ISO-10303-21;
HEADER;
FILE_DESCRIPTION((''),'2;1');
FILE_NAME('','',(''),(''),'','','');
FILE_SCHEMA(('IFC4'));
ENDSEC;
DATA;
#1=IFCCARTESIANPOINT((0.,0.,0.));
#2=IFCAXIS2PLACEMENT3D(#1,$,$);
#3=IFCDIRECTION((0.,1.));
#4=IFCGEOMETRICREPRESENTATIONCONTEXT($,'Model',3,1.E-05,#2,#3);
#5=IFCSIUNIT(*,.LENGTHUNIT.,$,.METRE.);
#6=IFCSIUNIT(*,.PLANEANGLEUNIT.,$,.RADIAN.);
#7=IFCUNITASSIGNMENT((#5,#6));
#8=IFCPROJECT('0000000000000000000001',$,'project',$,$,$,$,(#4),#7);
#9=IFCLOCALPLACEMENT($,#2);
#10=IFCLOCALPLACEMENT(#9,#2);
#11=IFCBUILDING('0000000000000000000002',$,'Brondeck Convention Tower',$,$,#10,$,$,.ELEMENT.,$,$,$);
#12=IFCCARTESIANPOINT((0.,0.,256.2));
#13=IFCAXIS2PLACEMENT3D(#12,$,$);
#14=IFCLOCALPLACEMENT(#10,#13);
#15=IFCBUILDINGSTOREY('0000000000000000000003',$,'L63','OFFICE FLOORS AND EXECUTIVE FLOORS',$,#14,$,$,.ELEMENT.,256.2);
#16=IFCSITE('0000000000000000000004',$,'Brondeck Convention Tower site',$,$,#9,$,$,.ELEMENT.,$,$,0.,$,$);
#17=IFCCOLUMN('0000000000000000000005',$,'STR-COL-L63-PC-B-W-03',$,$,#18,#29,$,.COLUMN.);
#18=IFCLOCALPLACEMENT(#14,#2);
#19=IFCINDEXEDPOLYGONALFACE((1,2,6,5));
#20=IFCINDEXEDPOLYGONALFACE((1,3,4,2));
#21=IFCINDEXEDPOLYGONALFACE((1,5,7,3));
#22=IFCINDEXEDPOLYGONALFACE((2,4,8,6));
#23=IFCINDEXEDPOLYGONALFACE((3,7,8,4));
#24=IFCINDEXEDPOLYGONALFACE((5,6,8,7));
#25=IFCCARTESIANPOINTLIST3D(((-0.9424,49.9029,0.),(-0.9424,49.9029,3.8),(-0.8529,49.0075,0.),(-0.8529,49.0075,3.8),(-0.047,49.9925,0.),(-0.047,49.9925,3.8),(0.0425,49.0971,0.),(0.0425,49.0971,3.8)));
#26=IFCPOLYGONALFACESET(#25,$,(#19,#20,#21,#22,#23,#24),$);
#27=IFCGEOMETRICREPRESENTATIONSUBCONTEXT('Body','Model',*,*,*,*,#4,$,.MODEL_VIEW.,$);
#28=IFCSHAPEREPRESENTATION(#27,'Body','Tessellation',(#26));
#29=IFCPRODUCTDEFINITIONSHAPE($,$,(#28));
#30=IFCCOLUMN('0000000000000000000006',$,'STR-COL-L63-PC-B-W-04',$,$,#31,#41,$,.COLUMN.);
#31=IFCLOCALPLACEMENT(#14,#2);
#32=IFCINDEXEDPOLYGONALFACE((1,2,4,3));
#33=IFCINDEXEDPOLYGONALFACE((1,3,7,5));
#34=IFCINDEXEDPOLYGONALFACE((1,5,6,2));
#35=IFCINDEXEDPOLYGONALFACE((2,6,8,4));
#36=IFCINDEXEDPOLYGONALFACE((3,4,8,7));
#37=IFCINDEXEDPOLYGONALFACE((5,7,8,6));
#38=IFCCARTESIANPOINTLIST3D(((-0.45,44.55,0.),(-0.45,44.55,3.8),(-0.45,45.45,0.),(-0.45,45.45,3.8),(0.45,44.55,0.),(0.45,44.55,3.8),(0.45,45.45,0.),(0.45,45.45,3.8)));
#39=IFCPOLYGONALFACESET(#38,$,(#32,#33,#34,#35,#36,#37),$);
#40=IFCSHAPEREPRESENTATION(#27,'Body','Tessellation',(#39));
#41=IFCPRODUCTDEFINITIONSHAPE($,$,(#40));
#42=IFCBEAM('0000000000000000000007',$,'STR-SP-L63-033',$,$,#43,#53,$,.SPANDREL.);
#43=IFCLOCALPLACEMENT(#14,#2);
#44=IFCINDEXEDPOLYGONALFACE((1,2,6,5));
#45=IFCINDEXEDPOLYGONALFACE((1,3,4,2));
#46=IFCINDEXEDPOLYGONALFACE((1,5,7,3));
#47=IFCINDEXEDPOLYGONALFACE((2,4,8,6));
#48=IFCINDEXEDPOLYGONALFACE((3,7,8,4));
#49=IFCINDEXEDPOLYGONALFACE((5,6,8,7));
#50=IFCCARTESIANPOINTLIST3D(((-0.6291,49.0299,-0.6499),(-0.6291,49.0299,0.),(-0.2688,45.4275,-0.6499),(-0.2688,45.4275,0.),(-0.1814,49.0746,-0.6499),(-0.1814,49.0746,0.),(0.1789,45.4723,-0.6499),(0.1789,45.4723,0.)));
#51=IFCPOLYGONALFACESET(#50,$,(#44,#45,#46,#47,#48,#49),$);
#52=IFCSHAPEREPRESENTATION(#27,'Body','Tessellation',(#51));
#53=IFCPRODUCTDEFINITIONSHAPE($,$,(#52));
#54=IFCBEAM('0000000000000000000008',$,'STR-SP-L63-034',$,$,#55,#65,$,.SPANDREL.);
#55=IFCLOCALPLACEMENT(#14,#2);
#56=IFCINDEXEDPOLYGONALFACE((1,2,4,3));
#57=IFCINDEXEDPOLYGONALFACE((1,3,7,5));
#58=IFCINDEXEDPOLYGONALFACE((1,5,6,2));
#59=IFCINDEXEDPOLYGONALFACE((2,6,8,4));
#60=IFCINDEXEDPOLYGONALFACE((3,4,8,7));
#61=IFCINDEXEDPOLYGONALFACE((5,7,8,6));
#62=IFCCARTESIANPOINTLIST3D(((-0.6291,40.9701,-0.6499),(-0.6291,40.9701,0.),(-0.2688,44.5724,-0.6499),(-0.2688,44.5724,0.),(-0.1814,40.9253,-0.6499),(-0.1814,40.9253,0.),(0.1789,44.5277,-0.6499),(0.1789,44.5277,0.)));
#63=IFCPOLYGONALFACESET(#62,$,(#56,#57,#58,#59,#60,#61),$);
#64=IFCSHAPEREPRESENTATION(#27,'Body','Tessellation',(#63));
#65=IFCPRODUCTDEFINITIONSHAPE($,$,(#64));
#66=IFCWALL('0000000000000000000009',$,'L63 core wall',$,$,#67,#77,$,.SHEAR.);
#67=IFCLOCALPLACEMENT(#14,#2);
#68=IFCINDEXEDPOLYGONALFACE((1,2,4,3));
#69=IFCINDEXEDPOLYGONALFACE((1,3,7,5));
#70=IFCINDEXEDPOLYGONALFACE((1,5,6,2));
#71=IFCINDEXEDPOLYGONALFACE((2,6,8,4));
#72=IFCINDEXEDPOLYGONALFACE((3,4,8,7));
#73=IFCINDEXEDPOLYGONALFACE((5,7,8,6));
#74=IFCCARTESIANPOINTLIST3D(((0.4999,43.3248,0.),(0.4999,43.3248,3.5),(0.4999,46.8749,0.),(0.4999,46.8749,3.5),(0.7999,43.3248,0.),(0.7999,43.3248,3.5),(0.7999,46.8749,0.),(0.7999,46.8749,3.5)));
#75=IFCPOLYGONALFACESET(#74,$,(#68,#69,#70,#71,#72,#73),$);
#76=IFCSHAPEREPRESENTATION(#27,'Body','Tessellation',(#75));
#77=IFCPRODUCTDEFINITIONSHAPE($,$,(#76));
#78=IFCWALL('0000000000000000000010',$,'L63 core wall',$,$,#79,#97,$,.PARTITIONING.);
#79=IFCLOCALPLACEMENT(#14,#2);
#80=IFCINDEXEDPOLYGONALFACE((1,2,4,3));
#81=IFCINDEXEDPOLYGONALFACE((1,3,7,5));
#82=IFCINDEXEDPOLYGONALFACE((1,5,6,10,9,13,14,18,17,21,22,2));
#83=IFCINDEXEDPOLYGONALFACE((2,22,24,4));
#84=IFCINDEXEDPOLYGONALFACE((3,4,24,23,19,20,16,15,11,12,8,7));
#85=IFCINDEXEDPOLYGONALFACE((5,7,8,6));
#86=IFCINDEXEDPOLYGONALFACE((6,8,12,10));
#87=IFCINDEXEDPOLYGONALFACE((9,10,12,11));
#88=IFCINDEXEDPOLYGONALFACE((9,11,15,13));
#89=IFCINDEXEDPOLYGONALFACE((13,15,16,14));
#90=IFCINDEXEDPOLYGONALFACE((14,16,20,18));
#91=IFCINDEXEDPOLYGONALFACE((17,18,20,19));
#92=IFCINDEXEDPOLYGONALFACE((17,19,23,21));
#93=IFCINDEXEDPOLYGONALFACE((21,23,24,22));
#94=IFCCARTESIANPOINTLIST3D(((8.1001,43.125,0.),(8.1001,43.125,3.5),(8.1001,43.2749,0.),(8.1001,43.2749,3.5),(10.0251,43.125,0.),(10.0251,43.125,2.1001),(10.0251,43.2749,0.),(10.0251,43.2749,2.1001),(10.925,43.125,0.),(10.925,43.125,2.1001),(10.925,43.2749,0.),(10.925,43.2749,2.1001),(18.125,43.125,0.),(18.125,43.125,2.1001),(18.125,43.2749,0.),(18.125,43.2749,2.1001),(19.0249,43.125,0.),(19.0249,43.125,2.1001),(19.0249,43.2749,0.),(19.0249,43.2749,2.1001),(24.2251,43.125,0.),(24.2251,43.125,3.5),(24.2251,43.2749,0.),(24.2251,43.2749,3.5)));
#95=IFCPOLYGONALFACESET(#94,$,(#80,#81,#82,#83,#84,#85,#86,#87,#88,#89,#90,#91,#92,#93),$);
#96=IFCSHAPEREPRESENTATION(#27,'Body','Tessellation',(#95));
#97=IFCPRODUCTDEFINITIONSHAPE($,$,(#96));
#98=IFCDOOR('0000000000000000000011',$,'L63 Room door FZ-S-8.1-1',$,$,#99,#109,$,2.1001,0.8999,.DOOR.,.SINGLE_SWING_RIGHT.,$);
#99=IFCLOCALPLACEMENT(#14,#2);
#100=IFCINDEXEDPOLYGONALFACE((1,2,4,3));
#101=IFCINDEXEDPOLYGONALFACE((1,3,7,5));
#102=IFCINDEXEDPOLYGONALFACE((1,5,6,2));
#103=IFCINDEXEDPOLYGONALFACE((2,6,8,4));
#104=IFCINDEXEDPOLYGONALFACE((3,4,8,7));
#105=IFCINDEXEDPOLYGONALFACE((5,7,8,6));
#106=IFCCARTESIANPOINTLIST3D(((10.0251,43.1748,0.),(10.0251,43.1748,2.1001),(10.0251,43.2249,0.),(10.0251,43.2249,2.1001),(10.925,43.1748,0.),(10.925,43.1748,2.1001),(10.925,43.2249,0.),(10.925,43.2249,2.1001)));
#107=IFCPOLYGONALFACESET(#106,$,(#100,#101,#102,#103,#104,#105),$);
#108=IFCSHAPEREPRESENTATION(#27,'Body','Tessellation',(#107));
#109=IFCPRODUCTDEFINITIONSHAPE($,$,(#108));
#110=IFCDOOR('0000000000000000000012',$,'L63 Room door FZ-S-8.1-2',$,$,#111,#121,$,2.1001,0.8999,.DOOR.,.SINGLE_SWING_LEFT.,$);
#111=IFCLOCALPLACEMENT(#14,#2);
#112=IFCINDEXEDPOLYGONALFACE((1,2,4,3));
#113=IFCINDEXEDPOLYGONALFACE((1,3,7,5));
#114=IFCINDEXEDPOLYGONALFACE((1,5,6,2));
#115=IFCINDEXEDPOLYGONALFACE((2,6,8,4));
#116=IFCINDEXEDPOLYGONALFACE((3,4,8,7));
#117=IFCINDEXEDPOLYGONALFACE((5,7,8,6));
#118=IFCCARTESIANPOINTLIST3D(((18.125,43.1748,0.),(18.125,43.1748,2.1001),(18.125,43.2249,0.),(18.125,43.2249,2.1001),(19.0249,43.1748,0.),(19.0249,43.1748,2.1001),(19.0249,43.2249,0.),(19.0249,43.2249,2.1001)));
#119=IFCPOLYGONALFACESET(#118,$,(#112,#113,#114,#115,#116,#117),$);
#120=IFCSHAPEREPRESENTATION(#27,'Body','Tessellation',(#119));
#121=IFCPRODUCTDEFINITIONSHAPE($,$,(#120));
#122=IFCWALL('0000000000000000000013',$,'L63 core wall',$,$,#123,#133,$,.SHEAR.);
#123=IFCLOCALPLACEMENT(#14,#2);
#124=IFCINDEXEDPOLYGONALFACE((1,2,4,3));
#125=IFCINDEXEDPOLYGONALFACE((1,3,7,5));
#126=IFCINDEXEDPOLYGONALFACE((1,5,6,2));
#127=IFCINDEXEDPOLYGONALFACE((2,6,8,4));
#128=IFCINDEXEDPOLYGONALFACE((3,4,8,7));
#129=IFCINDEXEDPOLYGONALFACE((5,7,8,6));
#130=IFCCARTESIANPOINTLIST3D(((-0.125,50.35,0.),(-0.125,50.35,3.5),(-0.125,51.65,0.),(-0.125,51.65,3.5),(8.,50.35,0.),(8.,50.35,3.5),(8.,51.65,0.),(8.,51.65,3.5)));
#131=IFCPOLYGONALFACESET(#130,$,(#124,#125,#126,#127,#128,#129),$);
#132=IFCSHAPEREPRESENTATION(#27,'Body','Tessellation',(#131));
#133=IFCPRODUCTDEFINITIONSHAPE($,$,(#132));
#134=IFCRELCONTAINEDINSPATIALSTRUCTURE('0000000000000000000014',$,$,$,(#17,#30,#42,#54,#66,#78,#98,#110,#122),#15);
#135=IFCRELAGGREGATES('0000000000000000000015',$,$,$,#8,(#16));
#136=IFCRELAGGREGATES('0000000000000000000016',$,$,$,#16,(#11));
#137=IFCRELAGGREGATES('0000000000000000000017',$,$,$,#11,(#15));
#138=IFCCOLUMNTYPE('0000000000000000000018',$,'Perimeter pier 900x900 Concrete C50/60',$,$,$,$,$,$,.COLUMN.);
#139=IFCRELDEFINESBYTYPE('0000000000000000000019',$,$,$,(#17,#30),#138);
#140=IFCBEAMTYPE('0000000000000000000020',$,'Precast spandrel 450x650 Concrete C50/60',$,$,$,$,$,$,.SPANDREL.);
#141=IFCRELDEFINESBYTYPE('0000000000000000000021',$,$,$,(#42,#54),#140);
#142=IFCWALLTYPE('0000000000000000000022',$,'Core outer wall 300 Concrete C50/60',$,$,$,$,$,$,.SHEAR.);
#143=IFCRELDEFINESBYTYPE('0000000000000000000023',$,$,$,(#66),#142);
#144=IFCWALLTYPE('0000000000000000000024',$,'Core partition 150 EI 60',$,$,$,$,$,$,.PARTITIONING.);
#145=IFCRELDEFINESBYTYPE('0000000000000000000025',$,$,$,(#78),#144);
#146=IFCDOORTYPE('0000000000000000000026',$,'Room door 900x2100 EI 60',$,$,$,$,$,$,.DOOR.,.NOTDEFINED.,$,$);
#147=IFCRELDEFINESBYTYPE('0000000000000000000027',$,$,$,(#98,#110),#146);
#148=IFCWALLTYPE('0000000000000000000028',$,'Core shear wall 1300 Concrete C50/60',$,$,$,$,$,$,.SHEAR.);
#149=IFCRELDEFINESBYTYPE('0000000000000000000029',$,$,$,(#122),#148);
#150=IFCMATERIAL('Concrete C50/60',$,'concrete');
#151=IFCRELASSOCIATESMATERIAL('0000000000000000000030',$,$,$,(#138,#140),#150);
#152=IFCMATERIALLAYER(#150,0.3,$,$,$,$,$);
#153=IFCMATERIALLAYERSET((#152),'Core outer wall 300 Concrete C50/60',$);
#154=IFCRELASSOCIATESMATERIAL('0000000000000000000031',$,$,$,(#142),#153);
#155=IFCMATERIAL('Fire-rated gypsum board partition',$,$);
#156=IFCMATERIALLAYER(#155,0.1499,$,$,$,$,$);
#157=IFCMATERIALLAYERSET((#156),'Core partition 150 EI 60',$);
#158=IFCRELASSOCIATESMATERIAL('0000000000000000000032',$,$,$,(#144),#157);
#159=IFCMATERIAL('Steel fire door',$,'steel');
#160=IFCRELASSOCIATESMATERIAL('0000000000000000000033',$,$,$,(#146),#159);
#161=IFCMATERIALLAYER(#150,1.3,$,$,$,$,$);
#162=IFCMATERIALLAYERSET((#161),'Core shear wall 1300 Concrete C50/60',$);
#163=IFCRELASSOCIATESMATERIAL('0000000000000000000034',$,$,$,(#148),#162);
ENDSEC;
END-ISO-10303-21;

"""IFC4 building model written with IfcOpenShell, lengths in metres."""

from ifc_helpers import new_model, si_unit, direction, frame, frame_2d, origin, origin_2d, place, context, subcontext, project, spatial, rectangle, extrude, material, layer, layer_set, material_profile, profile_set, type_object, element, fill, save


model = new_model("IFC4")

# Units and contexts
model_context = context("Model", 3, precision=1e-05, world=origin(), true_north=direction((0.0, 1.0)))
body_context = subcontext(model_context, "Body", "Model", "MODEL_VIEW")
ifc_project = project(units=[si_unit("LENGTHUNIT", "METRE"), si_unit("PLANEANGLEUNIT", "RADIAN")], contexts=[model_context])

# Site, building, storey
site_placement = place(None, origin())
site = spatial("IfcSite", under=ifc_project, at=site_placement, Name="Brondeck Convention Tower site", CompositionType="ELEMENT", RefElevation=0.0)
building_placement = place(site_placement, origin())
building = spatial("IfcBuilding", under=site, at=building_placement, Name="Brondeck Convention Tower", CompositionType="ELEMENT")
storey_placement = place(building_placement, frame((0.0, 0.0, 256.2)))
storey = spatial("IfcBuildingStorey", under=building, at=storey_placement, Name="L63", Description="OFFICE FLOORS AND EXECUTIVE FLOORS", CompositionType="ELEMENT", Elevation=256.2)

# Columns
ifc_material_1 = material(Name="Concrete C50/60", Category="concrete")
ifc_material_profile_1 = material_profile(ifc_material_1, rectangle(XDim=0.8999, YDim=0.8999, at=origin_2d()), Name="Perimeter pier 900x900 Concrete C50/60")
ifc_profile_set_1 = profile_set([ifc_material_profile_1], Name="Concrete C50/60")
column_type = type_object("IfcColumnType", Name="Perimeter pier 900x900 Concrete C50/60", PredefinedType="COLUMN", material=ifc_profile_set_1)
for number, where, z_axis, x_axis, name in (
    (1, (-0.45, 49.5, 0.0), (0.0, 0.0, 1.0), (0.099504, -0.995037, 0.0), "STR-COL-L63-PC-B-W-03"),
    (2, (0.0, 45.0, 0.0), (0.0, 0.0, 1.0), (0.0, -1.0, 0.0), "STR-COL-L63-PC-B-W-04"),
):
    element("IfcColumn", number, at=place(storey_placement, frame(where, z_axis=z_axis, x_axis=x_axis)), inside=storey, type_object=column_type, Name=name, PredefinedType="COLUMN", context=body_context, shape_type="SweptSolid", body=[
        extrude(rectangle(XDim=0.8999, YDim=0.8999, at=origin_2d()), origin(), (0.0, 0.0, 1.0), 3.8),
    ])

# Beams
ifc_material_profile_2 = material_profile(ifc_material_1, rectangle(XDim=0.45, YDim=0.6499, at=origin_2d()), Name="Precast spandrel 450x650 Concrete C50/60")
ifc_profile_set_2 = profile_set([ifc_material_profile_2], Name="Concrete C50/60")
beam_type = type_object("IfcBeamType", Name="Precast spandrel 450x650 Concrete C50/60", PredefinedType="SPANDREL", material=ifc_profile_set_2)
for number, where, z_axis, x_axis, name in (
    (3, (-0.4053, 49.0522, -0.325), (0.099537, -0.995034, 0.0), (0.995034, 0.099537, 0.0), "STR-SP-L63-033"),
    (4, (-0.0449, 44.55, -0.325), (-0.099537, -0.995034, 0.0), (0.995034, -0.099537, 0.0), "STR-SP-L63-034"),
):
    element("IfcBeam", number, at=place(storey_placement, frame(where, z_axis=z_axis, x_axis=x_axis)), inside=storey, type_object=beam_type, Name=name, PredefinedType="SPANDREL", context=body_context, shape_type="SweptSolid", body=[
        extrude(rectangle(XDim=0.45, YDim=0.6499, at=origin_2d()), origin(), (0.0, 0.0, 1.0), 3.6204),
    ])

# Wall
ifc_layer_1 = layer(ifc_material_1, 0.3)
ifc_layer_set_1 = layer_set([ifc_layer_1], Name="Core outer wall 300 Concrete C50/60")
wall_type_1 = type_object("IfcWallType", Name="Core outer wall 300 Concrete C50/60", PredefinedType="SHEAR", material=ifc_layer_set_1)
wall_1_placement = place(storey_placement, frame((0.6499, 43.325, 0.0), z_axis=(0.0, 0.0, 1.0), x_axis=(0.0, 1.0, 0.0)))
element("IfcWall", 5, at=wall_1_placement, inside=storey, type_object=wall_type_1, Name="L63 core wall", PredefinedType="SHEAR", context=body_context, shape_type="SweptSolid", body=[
    extrude(rectangle(XDim=3.55, YDim=0.3, at=frame_2d((1.7749, 0.0))), origin(), (0.0, 0.0, 1.0), 3.5),
])

# Wall, openings, doors
ifc_material_2 = material(Name="Fire-rated gypsum board partition")
ifc_layer_2 = layer(ifc_material_2, 0.1499)
ifc_layer_set_2 = layer_set([ifc_layer_2], Name="Core partition 150 EI 60")
wall_type_2 = type_object("IfcWallType", Name="Core partition 150 EI 60", PredefinedType="PARTITIONING", material=ifc_layer_set_2)
wall_2_placement = place(storey_placement, frame((8.1001, 43.2, 0.0), z_axis=(0.0, 0.0, 1.0), x_axis=(1.0, 0.0, 0.0)))
wall_2 = element("IfcWall", 6, at=wall_2_placement, inside=storey, type_object=wall_type_2, Name="L63 core wall", PredefinedType="PARTITIONING", context=body_context, shape_type="SweptSolid", body=[
    extrude(rectangle(XDim=16.125, YDim=0.1499, at=frame_2d((8.0625, 0.0))), origin(), (0.0, 0.0, 1.0), 3.5),
])
opening_1_placement = place(wall_2_placement, frame((1.925, 0.0, 0.0)))
opening_1 = element("IfcOpeningElement", 7, at=opening_1_placement, cuts=wall_2, PredefinedType="OPENING", context=body_context, shape_type="SweptSolid", body=[
    extrude(rectangle(XDim=0.8999, YDim=2.1001, at=frame_2d((0.45, 1.05))), frame((0.0, 0.085, 0.0), z_axis=(0.0, -1.0, 0.0), x_axis=(1.0, 0.0, 0.0)), (0.0, 0.0, 1.0), 0.1699),
])
opening_2_placement = place(wall_2_placement, frame((10.0249, 0.0, 0.0)))
opening_2 = element("IfcOpeningElement", 8, at=opening_2_placement, cuts=wall_2, PredefinedType="OPENING", context=body_context, shape_type="SweptSolid", body=[
    extrude(rectangle(XDim=0.8999, YDim=2.1001, at=frame_2d((0.45, 1.05))), frame((0.0, 0.085, 0.0), z_axis=(0.0, -1.0, 0.0), x_axis=(1.0, 0.0, 0.0)), (0.0, 0.0, 1.0), 0.1699),
])
ifc_material_3 = material(Name="Steel fire door", Category="steel")
door_type_1 = type_object("IfcDoorType", Name="Room door 900x2100 EI 60", OperationType="NOTDEFINED", PredefinedType="DOOR", material=ifc_material_3)
door_1_placement = place(opening_1_placement, origin())
door_1 = element("IfcDoor", 9, at=door_1_placement, inside=storey, type_object=door_type_1, Name="L63 Room door FZ-S-8.1-1", OperationType="SINGLE_SWING_RIGHT", OverallHeight=2.1001, OverallWidth=0.8999, PredefinedType="DOOR", context=body_context, shape_type="SweptSolid", body=[
    extrude(rectangle(XDim=0.8999, YDim=2.1001, at=frame_2d((0.45, 1.05))), frame((0.0, 0.0249, 0.0), z_axis=(0.0, -1.0, 0.0), x_axis=(1.0, 0.0, 0.0)), (0.0, 0.0, 1.0), 0.05),
])
fill(opening_1, door_1)
door_2_placement = place(opening_2_placement, origin())
door_2 = element("IfcDoor", 10, at=door_2_placement, inside=storey, type_object=door_type_1, Name="L63 Room door FZ-S-8.1-2", OperationType="SINGLE_SWING_LEFT", OverallHeight=2.1001, OverallWidth=0.8999, PredefinedType="DOOR", context=body_context, shape_type="SweptSolid", body=[
    extrude(rectangle(XDim=0.8999, YDim=2.1001, at=frame_2d((0.45, 1.05))), frame((0.0, 0.0249, 0.0), z_axis=(0.0, -1.0, 0.0), x_axis=(1.0, 0.0, 0.0)), (0.0, 0.0, 1.0), 0.05),
])
fill(opening_2, door_2)

# Wall
ifc_layer_3 = layer(ifc_material_1, 1.3)
ifc_layer_set_3 = layer_set([ifc_layer_3], Name="Core shear wall 1300 Concrete C50/60")
wall_type_3 = type_object("IfcWallType", Name="Core shear wall 1300 Concrete C50/60", PredefinedType="SHEAR", material=ifc_layer_set_3)
wall_3_placement = place(storey_placement, frame((-0.125, 51.0, 0.0), z_axis=(0.0, 0.0, 1.0), x_axis=(1.0, 0.0, 0.0)))
element("IfcWall", 11, at=wall_3_placement, inside=storey, type_object=wall_type_3, Name="L63 core wall", PredefinedType="SHEAR", context=body_context, shape_type="SweptSolid", body=[
    extrude(rectangle(XDim=8.125, YDim=1.3, at=frame_2d((4.0625, 0.0))), origin(), (0.0, 0.0, 1.0), 3.5),
])

save(model, "model.ifc")
